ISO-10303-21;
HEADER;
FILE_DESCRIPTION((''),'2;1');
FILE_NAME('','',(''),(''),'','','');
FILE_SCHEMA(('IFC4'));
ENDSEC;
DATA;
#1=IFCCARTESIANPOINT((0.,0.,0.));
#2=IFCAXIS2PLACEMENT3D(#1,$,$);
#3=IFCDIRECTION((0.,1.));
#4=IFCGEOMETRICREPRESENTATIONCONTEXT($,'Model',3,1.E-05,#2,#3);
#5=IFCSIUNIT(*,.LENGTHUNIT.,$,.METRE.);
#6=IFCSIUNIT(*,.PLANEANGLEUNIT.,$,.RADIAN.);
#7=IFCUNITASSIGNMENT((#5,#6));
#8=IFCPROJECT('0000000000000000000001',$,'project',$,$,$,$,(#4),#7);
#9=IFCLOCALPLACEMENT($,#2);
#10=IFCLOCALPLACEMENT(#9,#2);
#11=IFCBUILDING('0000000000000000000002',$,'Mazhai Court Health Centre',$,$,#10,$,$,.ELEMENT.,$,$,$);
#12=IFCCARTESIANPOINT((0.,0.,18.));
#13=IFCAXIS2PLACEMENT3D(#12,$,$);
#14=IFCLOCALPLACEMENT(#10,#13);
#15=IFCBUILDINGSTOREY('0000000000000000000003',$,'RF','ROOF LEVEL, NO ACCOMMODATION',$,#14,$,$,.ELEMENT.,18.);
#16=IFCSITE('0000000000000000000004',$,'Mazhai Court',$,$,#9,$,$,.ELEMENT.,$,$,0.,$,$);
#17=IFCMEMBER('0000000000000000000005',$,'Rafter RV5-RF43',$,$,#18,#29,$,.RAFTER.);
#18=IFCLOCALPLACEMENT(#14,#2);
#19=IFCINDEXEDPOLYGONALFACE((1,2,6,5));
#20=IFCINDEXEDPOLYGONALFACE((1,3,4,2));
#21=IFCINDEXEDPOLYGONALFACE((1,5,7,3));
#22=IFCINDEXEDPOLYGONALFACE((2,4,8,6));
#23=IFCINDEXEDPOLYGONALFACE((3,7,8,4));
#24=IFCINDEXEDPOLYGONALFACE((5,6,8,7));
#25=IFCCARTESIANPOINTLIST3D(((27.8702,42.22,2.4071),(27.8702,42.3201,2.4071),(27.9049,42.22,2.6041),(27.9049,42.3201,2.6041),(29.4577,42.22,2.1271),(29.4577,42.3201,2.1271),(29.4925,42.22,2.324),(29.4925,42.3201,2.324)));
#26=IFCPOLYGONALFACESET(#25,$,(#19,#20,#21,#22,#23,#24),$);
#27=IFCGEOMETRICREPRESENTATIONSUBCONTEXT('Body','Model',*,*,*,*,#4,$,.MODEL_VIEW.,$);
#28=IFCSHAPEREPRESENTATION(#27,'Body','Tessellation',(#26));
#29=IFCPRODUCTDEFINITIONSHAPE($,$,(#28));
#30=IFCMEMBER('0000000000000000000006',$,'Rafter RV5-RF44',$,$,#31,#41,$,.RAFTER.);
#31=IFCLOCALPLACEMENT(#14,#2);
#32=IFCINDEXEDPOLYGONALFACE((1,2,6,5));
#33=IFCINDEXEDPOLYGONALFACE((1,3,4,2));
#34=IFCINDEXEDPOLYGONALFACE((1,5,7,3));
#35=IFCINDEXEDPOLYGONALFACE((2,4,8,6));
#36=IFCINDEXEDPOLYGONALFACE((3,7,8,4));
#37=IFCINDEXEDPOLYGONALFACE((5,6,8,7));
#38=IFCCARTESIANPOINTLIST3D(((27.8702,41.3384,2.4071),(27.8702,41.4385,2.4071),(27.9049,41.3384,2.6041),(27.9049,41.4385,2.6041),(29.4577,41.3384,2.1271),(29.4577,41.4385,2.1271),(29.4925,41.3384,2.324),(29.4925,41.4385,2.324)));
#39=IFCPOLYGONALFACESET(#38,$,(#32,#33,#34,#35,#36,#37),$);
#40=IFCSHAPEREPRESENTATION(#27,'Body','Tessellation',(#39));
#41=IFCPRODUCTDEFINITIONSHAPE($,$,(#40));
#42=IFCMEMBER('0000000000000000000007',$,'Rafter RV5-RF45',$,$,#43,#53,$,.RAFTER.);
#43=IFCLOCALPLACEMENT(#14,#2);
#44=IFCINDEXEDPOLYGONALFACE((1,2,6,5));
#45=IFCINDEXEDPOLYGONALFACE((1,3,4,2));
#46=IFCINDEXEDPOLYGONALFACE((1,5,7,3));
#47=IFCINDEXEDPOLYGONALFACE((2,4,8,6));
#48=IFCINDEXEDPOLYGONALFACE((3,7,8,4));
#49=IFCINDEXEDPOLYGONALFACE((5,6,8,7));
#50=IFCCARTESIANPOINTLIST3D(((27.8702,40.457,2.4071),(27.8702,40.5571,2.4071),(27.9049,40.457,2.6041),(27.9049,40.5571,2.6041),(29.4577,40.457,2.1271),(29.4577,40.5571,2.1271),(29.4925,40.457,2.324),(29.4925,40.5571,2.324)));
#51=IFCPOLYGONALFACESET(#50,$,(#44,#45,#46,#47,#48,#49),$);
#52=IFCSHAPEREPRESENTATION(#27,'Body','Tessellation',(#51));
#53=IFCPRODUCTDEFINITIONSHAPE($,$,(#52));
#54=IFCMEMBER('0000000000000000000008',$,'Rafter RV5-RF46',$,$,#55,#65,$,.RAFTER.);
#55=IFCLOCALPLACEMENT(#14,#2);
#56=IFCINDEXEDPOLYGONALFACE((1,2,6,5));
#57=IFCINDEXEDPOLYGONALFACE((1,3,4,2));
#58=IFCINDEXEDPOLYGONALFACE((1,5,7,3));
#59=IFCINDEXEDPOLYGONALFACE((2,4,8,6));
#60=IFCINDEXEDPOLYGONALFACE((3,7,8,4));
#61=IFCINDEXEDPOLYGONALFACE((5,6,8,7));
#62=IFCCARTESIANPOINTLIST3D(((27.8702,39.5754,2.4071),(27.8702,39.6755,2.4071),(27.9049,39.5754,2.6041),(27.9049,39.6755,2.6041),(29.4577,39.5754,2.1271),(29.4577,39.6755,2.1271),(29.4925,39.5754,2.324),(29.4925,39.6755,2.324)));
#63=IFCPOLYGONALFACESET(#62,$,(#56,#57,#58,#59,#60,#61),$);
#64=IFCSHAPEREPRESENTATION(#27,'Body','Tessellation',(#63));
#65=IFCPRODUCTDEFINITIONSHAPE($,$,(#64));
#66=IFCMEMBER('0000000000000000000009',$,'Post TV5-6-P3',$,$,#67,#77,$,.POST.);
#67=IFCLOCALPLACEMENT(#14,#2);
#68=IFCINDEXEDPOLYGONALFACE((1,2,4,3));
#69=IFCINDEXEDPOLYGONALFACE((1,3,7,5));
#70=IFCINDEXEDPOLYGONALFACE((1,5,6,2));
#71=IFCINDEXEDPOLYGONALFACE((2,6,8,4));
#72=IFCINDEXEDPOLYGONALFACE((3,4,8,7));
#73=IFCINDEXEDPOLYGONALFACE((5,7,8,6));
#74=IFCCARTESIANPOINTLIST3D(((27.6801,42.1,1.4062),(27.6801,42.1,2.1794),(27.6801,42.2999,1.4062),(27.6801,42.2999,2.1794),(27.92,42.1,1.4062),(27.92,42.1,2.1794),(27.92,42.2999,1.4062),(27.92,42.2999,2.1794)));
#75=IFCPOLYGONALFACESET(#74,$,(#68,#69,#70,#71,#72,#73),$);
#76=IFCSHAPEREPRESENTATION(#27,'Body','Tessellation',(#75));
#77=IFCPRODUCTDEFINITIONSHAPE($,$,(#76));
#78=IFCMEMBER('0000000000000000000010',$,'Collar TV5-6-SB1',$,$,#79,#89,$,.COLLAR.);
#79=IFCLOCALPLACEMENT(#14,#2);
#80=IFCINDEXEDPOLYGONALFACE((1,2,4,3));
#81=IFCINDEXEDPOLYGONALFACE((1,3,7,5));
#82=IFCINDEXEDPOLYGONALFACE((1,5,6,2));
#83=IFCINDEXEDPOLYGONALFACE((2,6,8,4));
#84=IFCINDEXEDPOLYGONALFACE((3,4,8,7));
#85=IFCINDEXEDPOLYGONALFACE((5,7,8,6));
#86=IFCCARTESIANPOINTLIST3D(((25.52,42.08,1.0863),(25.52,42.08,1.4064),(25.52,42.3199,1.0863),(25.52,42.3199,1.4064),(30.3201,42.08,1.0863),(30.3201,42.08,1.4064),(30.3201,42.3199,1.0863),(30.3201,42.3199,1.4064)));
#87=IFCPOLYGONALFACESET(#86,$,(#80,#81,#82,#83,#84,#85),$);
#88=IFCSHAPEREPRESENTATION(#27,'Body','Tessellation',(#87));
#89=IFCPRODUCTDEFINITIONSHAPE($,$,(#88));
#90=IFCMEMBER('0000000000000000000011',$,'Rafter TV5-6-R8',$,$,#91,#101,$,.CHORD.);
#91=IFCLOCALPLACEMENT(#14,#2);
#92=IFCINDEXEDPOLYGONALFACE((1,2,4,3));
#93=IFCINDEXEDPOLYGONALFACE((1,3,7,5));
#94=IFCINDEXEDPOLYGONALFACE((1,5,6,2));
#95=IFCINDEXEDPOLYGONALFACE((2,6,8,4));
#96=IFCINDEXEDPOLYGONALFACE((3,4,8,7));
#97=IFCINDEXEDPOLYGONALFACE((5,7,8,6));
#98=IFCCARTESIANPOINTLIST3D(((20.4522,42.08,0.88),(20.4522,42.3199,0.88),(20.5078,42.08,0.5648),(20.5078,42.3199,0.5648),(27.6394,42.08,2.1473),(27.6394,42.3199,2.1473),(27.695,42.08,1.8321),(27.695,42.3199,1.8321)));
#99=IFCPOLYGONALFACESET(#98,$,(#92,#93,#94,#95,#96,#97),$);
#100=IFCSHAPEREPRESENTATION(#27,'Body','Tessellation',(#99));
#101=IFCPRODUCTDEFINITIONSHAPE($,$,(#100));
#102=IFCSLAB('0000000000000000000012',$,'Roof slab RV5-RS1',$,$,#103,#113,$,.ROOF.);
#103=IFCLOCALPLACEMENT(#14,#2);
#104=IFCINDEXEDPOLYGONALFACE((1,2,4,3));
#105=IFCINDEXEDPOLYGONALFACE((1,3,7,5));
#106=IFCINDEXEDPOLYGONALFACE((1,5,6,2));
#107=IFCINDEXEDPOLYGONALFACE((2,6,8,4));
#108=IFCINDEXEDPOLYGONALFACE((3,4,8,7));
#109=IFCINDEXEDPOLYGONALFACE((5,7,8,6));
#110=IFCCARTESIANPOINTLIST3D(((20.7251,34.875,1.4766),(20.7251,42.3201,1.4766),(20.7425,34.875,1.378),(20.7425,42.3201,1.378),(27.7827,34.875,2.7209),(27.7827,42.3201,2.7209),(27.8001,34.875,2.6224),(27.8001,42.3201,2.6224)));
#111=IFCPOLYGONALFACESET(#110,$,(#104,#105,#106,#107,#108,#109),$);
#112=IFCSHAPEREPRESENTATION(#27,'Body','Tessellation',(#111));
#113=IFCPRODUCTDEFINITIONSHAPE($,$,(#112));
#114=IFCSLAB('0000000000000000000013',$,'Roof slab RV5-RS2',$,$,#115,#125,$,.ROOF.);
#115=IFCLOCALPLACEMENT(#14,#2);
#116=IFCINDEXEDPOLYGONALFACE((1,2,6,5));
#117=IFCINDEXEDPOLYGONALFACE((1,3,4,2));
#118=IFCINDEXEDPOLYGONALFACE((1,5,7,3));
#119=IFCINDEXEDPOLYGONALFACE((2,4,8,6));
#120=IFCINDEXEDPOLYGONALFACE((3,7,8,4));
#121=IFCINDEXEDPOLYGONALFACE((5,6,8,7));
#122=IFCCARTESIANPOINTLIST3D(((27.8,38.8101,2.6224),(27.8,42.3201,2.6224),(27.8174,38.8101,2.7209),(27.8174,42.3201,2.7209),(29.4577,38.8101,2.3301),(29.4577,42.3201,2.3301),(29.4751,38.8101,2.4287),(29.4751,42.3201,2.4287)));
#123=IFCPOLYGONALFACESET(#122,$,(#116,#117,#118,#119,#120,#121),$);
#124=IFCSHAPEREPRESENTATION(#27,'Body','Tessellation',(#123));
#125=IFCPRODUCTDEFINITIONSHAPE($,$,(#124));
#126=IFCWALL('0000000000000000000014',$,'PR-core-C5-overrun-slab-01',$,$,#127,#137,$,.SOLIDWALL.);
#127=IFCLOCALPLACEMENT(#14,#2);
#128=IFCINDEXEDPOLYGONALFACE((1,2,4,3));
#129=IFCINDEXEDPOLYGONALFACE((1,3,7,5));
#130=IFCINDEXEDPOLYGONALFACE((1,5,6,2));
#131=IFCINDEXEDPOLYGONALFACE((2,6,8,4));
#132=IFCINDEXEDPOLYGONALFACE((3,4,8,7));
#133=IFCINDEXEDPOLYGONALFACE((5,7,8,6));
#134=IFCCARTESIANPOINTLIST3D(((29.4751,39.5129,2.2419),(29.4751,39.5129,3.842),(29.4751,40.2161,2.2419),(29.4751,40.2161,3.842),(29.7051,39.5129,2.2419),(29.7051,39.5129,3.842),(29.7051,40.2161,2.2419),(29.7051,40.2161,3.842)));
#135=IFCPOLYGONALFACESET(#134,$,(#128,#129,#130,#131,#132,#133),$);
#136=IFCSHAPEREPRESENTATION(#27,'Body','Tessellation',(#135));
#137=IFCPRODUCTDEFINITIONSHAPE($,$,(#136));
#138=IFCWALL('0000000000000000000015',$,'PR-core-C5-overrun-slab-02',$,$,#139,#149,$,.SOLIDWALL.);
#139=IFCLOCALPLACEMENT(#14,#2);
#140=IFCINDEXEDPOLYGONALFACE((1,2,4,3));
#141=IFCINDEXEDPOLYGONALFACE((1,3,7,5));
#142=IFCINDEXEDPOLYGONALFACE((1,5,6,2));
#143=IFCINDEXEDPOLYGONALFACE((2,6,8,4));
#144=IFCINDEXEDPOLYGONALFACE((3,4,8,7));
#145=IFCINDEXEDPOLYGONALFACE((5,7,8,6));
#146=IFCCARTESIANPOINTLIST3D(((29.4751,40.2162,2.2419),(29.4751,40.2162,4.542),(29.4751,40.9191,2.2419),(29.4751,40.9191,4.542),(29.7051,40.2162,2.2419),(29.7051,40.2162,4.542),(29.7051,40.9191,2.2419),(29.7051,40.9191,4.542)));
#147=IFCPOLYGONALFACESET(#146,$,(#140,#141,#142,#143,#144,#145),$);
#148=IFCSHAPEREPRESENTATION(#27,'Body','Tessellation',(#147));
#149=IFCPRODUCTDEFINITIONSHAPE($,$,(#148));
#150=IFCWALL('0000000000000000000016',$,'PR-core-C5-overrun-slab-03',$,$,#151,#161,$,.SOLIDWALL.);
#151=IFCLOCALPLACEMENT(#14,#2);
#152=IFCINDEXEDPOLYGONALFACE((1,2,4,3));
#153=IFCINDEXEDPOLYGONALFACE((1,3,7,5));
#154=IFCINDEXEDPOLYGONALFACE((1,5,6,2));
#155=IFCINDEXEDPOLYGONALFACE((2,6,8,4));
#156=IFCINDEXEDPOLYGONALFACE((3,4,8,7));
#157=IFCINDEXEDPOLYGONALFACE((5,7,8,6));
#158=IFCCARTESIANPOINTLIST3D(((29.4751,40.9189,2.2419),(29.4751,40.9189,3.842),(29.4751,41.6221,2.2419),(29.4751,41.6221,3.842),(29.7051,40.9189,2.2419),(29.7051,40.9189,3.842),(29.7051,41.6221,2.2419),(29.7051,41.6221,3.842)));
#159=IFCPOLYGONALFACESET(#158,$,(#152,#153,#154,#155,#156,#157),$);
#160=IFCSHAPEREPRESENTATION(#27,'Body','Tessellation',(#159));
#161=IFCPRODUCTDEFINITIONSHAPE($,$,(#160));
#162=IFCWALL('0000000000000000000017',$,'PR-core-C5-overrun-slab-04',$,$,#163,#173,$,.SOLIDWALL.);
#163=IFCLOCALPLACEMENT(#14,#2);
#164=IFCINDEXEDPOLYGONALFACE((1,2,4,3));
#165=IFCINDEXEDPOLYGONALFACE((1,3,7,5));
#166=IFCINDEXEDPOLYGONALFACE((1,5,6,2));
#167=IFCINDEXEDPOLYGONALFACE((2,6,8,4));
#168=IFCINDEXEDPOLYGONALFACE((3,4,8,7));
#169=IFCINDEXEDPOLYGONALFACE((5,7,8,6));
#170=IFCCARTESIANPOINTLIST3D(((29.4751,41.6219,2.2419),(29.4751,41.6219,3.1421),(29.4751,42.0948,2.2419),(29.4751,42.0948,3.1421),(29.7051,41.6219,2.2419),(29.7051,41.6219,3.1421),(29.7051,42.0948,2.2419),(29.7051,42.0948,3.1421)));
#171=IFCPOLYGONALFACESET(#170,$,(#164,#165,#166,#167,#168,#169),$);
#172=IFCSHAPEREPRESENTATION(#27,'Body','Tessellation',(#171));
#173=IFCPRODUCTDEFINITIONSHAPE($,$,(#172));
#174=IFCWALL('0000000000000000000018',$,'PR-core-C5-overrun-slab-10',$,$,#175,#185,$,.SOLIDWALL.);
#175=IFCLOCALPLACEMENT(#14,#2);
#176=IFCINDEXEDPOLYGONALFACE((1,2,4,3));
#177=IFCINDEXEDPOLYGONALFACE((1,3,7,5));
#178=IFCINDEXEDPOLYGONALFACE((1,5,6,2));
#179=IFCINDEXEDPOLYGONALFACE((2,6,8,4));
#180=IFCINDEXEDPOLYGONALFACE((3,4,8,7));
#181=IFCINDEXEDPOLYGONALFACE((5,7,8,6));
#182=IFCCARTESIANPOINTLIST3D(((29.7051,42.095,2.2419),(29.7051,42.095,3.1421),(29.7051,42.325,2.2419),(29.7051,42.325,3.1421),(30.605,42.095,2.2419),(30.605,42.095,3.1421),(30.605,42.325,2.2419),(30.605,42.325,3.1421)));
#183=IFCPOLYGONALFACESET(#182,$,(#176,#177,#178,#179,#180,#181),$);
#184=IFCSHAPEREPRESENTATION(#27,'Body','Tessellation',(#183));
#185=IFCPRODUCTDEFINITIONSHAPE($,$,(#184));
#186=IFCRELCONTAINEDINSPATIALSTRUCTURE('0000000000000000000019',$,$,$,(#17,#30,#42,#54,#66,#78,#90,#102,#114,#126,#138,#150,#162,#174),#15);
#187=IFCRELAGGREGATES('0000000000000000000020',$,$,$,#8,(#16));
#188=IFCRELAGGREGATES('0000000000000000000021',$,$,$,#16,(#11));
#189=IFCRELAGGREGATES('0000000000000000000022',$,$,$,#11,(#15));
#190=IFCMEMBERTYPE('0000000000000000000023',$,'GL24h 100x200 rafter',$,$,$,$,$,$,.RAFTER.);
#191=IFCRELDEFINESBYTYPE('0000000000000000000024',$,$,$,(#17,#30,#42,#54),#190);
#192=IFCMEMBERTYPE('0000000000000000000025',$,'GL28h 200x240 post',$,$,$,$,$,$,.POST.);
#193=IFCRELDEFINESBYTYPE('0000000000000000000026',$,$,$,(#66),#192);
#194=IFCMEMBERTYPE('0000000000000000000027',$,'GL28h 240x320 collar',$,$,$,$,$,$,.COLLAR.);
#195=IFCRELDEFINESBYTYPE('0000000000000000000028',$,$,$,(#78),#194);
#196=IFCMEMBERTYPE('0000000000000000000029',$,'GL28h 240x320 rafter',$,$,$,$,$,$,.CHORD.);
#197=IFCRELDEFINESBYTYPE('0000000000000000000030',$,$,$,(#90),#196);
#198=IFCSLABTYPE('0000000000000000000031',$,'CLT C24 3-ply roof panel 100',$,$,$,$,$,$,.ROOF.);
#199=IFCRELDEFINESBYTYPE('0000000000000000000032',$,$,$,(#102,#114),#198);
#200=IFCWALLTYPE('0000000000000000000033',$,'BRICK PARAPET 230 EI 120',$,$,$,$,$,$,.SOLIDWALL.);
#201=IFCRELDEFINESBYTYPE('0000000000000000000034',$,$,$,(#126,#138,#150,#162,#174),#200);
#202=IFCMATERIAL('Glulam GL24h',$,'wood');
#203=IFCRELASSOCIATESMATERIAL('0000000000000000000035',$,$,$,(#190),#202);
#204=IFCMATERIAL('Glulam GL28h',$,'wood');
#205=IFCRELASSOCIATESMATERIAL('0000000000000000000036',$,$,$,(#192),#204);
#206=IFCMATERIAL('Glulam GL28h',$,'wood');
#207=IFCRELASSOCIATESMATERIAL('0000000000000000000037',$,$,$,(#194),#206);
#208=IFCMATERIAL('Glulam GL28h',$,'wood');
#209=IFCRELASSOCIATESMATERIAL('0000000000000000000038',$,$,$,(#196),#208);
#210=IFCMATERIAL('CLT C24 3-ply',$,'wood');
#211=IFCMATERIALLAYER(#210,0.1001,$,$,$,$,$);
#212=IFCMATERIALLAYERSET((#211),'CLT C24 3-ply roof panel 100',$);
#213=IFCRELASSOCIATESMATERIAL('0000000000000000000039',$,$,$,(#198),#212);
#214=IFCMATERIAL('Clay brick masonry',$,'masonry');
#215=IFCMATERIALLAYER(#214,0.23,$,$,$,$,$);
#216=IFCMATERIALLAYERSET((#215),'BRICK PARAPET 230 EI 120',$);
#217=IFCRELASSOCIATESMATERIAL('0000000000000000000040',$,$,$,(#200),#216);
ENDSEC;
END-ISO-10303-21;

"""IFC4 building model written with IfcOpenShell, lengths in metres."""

from ifc_helpers import new_model, si_unit, direction, frame, frame_2d, origin, origin_2d, place, context, subcontext, project, spatial, polyline, rectangle, outline, extrude, material, layer, layer_set, material_profile, profile_set, type_object, element, save


model = new_model("IFC4")

# Units and contexts
model_context = context("Model", 3, precision=1e-05, world=origin(), true_north=direction((0.0, 1.0)))
body_context = subcontext(model_context, "Body", "Model", "MODEL_VIEW")
ifc_project = project(units=[si_unit("LENGTHUNIT", "METRE"), si_unit("PLANEANGLEUNIT", "RADIAN")], contexts=[model_context])

# Site, building, storey
site_placement = place(None, origin())
site = spatial("IfcSite", under=ifc_project, at=site_placement, Name="Mazhai Court", CompositionType="ELEMENT", RefElevation=0.0)
building_placement = place(site_placement, origin())
building = spatial("IfcBuilding", under=site, at=building_placement, Name="Mazhai Court Health Centre", CompositionType="ELEMENT")
storey_placement = place(building_placement, frame((0.0, 0.0, 18.0)))
storey = spatial("IfcBuildingStorey", under=building, at=storey_placement, Name="RF", Description="ROOF LEVEL, NO ACCOMMODATION", CompositionType="ELEMENT", Elevation=18.0)

# Members
ifc_material_1 = material(Name="Glulam GL24h", Category="wood")
ifc_material_profile_1 = material_profile(ifc_material_1, rectangle(XDim=0.1001, YDim=0.2, at=origin_2d()), Name="GL24h 100x200")
ifc_profile_set_1 = profile_set([ifc_material_profile_1], Name="Glulam GL24h")
member_type_1 = type_object("IfcMemberType", Name="GL24h 100x200 rafter", PredefinedType="RAFTER", material=ifc_profile_set_1)
for number, where, z_axis, x_axis, name in (
    (1, (29.4751, 42.27, 2.2256), (-0.984799, 0.0, 0.173699), (0.0, -1.0, 0.0), "Rafter RV5-RF43"),
    (2, (29.4751, 41.3884, 2.2256), (-0.984799, 0.0, 0.173699), (0.0, -1.0, 0.0), "Rafter RV5-RF44"),
    (3, (29.4751, 40.5071, 2.2256), (-0.984799, 0.0, 0.173699), (0.0, -1.0, 0.0), "Rafter RV5-RF45"),
    (4, (29.4751, 39.6255, 2.2256), (-0.984799, 0.0, 0.173699), (0.0, -1.0, 0.0), "Rafter RV5-RF46"),
):
    element("IfcMember", number, at=place(storey_placement, frame(where, z_axis=z_axis, x_axis=x_axis)), inside=storey, type_object=member_type_1, Name=name, PredefinedType="RAFTER", context=body_context, shape_type="SweptSolid", body=[
        extrude(rectangle(XDim=0.1001, YDim=0.2, at=origin_2d()), origin(), (0.0, 0.0, 1.0), 1.6121),
    ])
ifc_material_2 = material(Name="Glulam GL28h", Category="wood")
ifc_material_profile_2 = material_profile(ifc_material_2, rectangle(XDim=0.2, YDim=0.24, at=origin_2d()), Name="GL28h 200x240")
ifc_profile_set_2 = profile_set([ifc_material_profile_2], Name="Glulam GL28h")
member_type_2 = type_object("IfcMemberType", Name="GL28h 200x240 post", PredefinedType="POST", material=ifc_profile_set_2)
member_1_placement = place(storey_placement, frame((27.8, 42.2, 1.4062), z_axis=(0.0, 0.0, 1.0), x_axis=(0.0, 1.0, 0.0)))
element("IfcMember", 5, at=member_1_placement, inside=storey, type_object=member_type_2, Name="Post TV5-6-P3", PredefinedType="POST", context=body_context, shape_type="SweptSolid", body=[
    extrude(rectangle(XDim=0.2, YDim=0.24, at=origin_2d()), origin(), (0.0, 0.0, 1.0), 0.7732),
])
ifc_material_3 = material(Name="Glulam GL28h", Category="wood")
ifc_material_profile_3 = material_profile(ifc_material_3, rectangle(XDim=0.24, YDim=0.3201, at=origin_2d()), Name="GL28h 240x320")
ifc_profile_set_3 = profile_set([ifc_material_profile_3], Name="Glulam GL28h")
member_type_3 = type_object("IfcMemberType", Name="GL28h 240x320 collar", PredefinedType="COLLAR", material=ifc_profile_set_3)
member_2_placement = place(storey_placement, frame((30.3201, 42.2, 1.2463), z_axis=(-1.0, 0.0, 0.0), x_axis=(0.0, -1.0, 0.0)))
element("IfcMember", 6, at=member_2_placement, inside=storey, type_object=member_type_3, Name="Collar TV5-6-SB1", PredefinedType="COLLAR", context=body_context, shape_type="SweptSolid", body=[
    extrude(rectangle(XDim=0.24, YDim=0.3201, at=origin_2d()), origin(), (0.0, 0.0, 1.0), 4.8),
])
ifc_material_4 = material(Name="Glulam GL28h", Category="wood")
ifc_material_profile_4 = material_profile(ifc_material_4, rectangle(XDim=0.24, YDim=0.3201, at=origin_2d()), Name="GL28h 240x320")
ifc_profile_set_4 = profile_set([ifc_material_profile_4], Name="Glulam GL28h")
member_type_4 = type_object("IfcMemberType", Name="GL28h 240x320 rafter", PredefinedType="CHORD", material=ifc_profile_set_4)
member_3_placement = place(storey_placement, frame((27.6672, 42.2, 1.9897), z_axis=(-0.984807, 0.0, -0.173652), x_axis=(0.0, -1.0, 0.0)))
element("IfcMember", 7, at=member_3_placement, inside=storey, type_object=member_type_4, Name="Rafter TV5-6-R8", PredefinedType="CHORD", context=body_context, shape_type="SweptSolid", body=[
    extrude(rectangle(XDim=0.24, YDim=0.3201, at=origin_2d()), origin(), (0.0, 0.0, 1.0), 7.2981),
])

# Slabs
ifc_material_5 = material(Name="CLT C24 3-ply", Category="wood")
ifc_layer_1 = layer(ifc_material_5, 0.1001)
ifc_layer_set_1 = layer_set([ifc_layer_1], Name="CLT C24 3-ply roof panel 100")
slab_type = type_object("IfcSlabType", Name="CLT C24 3-ply roof panel 100", PredefinedType="ROOF", material=ifc_layer_set_1)
slab_1_placement = place(storey_placement, frame((27.7827, 42.3201, 2.7209), z_axis=(-0.17364, 0.0, 0.984809), x_axis=(0.0, -1.0, 0.0)))
element("IfcSlab", 8, at=slab_1_placement, inside=storey, type_object=slab_type, Name="Roof slab RV5-RS1", PredefinedType="ROOF", context=body_context, shape_type="SweptSolid", body=[
    extrude(outline(polyline([(0.0, 0.0), (7.4451, 0.0), (7.4451, -7.1665), (0.0, -7.1665), (0.0, 0.0)])), origin(), (0.0, 0.0, -1.0), 0.1001),
])
slab_2_placement = place(storey_placement, frame((27.8174, 42.3201, 2.7209), z_axis=(0.173612, 0.0, 0.984814), x_axis=(0.984814, 0.0, -0.173612)))
element("IfcSlab", 9, at=slab_2_placement, inside=storey, type_object=slab_type, Name="Roof slab RV5-RS2", PredefinedType="ROOF", context=body_context, shape_type="SweptSolid", body=[
    extrude(outline(polyline([(0.0, 0.0), (1.6833, 0.0), (1.6833, -3.51), (0.0, -3.51), (0.0, 0.0)])), origin(), (0.0, 0.0, -1.0), 0.1001),
])

# Walls
ifc_material_6 = material(Name="Clay brick masonry", Category="masonry")
ifc_layer_2 = layer(ifc_material_6, 0.23)
ifc_layer_set_2 = layer_set([ifc_layer_2], Name="BRICK PARAPET 230 EI 120")
wall_type_1 = type_object("IfcWallType", Name="BRICK PARAPET 230 EI 120", PredefinedType="SOLIDWALL", material=ifc_layer_set_2)
wall_1_placement = place(storey_placement, frame((29.5901, 39.5129, 2.2419), z_axis=(0.0, 0.0, 1.0), x_axis=(0.0, 1.0, 0.0)))
element("IfcWall", 10, at=wall_1_placement, inside=storey, type_object=wall_type_1, Name="PR-core-C5-overrun-slab-01", PredefinedType="SOLIDWALL", context=body_context, shape_type="SweptSolid", body=[
    extrude(rectangle(XDim=0.7031, YDim=0.23, at=frame_2d((0.3516, 0.0))), origin(), (0.0, 0.0, 1.0), 1.6001),
])
wall_2_placement = place(storey_placement, frame((29.5901, 40.2161, 2.2419), z_axis=(0.0, 0.0, 1.0), x_axis=(0.0, 1.0, 0.0)))
element("IfcWall", 11, at=wall_2_placement, inside=storey, type_object=wall_type_1, Name="PR-core-C5-overrun-slab-02", PredefinedType="SOLIDWALL", context=body_context, shape_type="SweptSolid", body=[
    extrude(rectangle(XDim=0.7029, YDim=0.23, at=frame_2d((0.3516, 0.0))), origin(), (0.0, 0.0, 1.0), 2.3),
])
wall_3_placement = place(storey_placement, frame((29.5901, 40.9189, 2.2419), z_axis=(0.0, 0.0, 1.0), x_axis=(0.0, 1.0, 0.0)))
element("IfcWall", 12, at=wall_3_placement, inside=storey, type_object=wall_type_1, Name="PR-core-C5-overrun-slab-03", PredefinedType="SOLIDWALL", context=body_context, shape_type="SweptSolid", body=[
    extrude(rectangle(XDim=0.7031, YDim=0.23, at=frame_2d((0.3516, 0.0))), origin(), (0.0, 0.0, 1.0), 1.6001),
])
wall_4_placement = place(storey_placement, frame((29.5901, 41.6221, 2.2419), z_axis=(0.0, 0.0, 1.0), x_axis=(0.0, 1.0, 0.0)))
element("IfcWall", 13, at=wall_4_placement, inside=storey, type_object=wall_type_1, Name="PR-core-C5-overrun-slab-04", PredefinedType="SOLIDWALL", context=body_context, shape_type="SweptSolid", body=[
    extrude(rectangle(XDim=0.4729, YDim=0.23, at=frame_2d((0.2363, 0.0))), origin(), (0.0, 0.0, 1.0), 0.9001),
])
wall_5_placement = place(storey_placement, frame((29.7051, 42.21, 2.2419), z_axis=(0.0, 0.0, 1.0), x_axis=(1.0, 0.0, 0.0)))
element("IfcWall", 14, at=wall_5_placement, inside=storey, type_object=wall_type_1, Name="PR-core-C5-overrun-slab-10", PredefinedType="SOLIDWALL", context=body_context, shape_type="SweptSolid", body=[
    extrude(rectangle(XDim=0.8999, YDim=0.23, at=frame_2d((0.45, 0.0))), origin(), (0.0, 0.0, 1.0), 0.9001),
])

save(model, "model.ifc")
